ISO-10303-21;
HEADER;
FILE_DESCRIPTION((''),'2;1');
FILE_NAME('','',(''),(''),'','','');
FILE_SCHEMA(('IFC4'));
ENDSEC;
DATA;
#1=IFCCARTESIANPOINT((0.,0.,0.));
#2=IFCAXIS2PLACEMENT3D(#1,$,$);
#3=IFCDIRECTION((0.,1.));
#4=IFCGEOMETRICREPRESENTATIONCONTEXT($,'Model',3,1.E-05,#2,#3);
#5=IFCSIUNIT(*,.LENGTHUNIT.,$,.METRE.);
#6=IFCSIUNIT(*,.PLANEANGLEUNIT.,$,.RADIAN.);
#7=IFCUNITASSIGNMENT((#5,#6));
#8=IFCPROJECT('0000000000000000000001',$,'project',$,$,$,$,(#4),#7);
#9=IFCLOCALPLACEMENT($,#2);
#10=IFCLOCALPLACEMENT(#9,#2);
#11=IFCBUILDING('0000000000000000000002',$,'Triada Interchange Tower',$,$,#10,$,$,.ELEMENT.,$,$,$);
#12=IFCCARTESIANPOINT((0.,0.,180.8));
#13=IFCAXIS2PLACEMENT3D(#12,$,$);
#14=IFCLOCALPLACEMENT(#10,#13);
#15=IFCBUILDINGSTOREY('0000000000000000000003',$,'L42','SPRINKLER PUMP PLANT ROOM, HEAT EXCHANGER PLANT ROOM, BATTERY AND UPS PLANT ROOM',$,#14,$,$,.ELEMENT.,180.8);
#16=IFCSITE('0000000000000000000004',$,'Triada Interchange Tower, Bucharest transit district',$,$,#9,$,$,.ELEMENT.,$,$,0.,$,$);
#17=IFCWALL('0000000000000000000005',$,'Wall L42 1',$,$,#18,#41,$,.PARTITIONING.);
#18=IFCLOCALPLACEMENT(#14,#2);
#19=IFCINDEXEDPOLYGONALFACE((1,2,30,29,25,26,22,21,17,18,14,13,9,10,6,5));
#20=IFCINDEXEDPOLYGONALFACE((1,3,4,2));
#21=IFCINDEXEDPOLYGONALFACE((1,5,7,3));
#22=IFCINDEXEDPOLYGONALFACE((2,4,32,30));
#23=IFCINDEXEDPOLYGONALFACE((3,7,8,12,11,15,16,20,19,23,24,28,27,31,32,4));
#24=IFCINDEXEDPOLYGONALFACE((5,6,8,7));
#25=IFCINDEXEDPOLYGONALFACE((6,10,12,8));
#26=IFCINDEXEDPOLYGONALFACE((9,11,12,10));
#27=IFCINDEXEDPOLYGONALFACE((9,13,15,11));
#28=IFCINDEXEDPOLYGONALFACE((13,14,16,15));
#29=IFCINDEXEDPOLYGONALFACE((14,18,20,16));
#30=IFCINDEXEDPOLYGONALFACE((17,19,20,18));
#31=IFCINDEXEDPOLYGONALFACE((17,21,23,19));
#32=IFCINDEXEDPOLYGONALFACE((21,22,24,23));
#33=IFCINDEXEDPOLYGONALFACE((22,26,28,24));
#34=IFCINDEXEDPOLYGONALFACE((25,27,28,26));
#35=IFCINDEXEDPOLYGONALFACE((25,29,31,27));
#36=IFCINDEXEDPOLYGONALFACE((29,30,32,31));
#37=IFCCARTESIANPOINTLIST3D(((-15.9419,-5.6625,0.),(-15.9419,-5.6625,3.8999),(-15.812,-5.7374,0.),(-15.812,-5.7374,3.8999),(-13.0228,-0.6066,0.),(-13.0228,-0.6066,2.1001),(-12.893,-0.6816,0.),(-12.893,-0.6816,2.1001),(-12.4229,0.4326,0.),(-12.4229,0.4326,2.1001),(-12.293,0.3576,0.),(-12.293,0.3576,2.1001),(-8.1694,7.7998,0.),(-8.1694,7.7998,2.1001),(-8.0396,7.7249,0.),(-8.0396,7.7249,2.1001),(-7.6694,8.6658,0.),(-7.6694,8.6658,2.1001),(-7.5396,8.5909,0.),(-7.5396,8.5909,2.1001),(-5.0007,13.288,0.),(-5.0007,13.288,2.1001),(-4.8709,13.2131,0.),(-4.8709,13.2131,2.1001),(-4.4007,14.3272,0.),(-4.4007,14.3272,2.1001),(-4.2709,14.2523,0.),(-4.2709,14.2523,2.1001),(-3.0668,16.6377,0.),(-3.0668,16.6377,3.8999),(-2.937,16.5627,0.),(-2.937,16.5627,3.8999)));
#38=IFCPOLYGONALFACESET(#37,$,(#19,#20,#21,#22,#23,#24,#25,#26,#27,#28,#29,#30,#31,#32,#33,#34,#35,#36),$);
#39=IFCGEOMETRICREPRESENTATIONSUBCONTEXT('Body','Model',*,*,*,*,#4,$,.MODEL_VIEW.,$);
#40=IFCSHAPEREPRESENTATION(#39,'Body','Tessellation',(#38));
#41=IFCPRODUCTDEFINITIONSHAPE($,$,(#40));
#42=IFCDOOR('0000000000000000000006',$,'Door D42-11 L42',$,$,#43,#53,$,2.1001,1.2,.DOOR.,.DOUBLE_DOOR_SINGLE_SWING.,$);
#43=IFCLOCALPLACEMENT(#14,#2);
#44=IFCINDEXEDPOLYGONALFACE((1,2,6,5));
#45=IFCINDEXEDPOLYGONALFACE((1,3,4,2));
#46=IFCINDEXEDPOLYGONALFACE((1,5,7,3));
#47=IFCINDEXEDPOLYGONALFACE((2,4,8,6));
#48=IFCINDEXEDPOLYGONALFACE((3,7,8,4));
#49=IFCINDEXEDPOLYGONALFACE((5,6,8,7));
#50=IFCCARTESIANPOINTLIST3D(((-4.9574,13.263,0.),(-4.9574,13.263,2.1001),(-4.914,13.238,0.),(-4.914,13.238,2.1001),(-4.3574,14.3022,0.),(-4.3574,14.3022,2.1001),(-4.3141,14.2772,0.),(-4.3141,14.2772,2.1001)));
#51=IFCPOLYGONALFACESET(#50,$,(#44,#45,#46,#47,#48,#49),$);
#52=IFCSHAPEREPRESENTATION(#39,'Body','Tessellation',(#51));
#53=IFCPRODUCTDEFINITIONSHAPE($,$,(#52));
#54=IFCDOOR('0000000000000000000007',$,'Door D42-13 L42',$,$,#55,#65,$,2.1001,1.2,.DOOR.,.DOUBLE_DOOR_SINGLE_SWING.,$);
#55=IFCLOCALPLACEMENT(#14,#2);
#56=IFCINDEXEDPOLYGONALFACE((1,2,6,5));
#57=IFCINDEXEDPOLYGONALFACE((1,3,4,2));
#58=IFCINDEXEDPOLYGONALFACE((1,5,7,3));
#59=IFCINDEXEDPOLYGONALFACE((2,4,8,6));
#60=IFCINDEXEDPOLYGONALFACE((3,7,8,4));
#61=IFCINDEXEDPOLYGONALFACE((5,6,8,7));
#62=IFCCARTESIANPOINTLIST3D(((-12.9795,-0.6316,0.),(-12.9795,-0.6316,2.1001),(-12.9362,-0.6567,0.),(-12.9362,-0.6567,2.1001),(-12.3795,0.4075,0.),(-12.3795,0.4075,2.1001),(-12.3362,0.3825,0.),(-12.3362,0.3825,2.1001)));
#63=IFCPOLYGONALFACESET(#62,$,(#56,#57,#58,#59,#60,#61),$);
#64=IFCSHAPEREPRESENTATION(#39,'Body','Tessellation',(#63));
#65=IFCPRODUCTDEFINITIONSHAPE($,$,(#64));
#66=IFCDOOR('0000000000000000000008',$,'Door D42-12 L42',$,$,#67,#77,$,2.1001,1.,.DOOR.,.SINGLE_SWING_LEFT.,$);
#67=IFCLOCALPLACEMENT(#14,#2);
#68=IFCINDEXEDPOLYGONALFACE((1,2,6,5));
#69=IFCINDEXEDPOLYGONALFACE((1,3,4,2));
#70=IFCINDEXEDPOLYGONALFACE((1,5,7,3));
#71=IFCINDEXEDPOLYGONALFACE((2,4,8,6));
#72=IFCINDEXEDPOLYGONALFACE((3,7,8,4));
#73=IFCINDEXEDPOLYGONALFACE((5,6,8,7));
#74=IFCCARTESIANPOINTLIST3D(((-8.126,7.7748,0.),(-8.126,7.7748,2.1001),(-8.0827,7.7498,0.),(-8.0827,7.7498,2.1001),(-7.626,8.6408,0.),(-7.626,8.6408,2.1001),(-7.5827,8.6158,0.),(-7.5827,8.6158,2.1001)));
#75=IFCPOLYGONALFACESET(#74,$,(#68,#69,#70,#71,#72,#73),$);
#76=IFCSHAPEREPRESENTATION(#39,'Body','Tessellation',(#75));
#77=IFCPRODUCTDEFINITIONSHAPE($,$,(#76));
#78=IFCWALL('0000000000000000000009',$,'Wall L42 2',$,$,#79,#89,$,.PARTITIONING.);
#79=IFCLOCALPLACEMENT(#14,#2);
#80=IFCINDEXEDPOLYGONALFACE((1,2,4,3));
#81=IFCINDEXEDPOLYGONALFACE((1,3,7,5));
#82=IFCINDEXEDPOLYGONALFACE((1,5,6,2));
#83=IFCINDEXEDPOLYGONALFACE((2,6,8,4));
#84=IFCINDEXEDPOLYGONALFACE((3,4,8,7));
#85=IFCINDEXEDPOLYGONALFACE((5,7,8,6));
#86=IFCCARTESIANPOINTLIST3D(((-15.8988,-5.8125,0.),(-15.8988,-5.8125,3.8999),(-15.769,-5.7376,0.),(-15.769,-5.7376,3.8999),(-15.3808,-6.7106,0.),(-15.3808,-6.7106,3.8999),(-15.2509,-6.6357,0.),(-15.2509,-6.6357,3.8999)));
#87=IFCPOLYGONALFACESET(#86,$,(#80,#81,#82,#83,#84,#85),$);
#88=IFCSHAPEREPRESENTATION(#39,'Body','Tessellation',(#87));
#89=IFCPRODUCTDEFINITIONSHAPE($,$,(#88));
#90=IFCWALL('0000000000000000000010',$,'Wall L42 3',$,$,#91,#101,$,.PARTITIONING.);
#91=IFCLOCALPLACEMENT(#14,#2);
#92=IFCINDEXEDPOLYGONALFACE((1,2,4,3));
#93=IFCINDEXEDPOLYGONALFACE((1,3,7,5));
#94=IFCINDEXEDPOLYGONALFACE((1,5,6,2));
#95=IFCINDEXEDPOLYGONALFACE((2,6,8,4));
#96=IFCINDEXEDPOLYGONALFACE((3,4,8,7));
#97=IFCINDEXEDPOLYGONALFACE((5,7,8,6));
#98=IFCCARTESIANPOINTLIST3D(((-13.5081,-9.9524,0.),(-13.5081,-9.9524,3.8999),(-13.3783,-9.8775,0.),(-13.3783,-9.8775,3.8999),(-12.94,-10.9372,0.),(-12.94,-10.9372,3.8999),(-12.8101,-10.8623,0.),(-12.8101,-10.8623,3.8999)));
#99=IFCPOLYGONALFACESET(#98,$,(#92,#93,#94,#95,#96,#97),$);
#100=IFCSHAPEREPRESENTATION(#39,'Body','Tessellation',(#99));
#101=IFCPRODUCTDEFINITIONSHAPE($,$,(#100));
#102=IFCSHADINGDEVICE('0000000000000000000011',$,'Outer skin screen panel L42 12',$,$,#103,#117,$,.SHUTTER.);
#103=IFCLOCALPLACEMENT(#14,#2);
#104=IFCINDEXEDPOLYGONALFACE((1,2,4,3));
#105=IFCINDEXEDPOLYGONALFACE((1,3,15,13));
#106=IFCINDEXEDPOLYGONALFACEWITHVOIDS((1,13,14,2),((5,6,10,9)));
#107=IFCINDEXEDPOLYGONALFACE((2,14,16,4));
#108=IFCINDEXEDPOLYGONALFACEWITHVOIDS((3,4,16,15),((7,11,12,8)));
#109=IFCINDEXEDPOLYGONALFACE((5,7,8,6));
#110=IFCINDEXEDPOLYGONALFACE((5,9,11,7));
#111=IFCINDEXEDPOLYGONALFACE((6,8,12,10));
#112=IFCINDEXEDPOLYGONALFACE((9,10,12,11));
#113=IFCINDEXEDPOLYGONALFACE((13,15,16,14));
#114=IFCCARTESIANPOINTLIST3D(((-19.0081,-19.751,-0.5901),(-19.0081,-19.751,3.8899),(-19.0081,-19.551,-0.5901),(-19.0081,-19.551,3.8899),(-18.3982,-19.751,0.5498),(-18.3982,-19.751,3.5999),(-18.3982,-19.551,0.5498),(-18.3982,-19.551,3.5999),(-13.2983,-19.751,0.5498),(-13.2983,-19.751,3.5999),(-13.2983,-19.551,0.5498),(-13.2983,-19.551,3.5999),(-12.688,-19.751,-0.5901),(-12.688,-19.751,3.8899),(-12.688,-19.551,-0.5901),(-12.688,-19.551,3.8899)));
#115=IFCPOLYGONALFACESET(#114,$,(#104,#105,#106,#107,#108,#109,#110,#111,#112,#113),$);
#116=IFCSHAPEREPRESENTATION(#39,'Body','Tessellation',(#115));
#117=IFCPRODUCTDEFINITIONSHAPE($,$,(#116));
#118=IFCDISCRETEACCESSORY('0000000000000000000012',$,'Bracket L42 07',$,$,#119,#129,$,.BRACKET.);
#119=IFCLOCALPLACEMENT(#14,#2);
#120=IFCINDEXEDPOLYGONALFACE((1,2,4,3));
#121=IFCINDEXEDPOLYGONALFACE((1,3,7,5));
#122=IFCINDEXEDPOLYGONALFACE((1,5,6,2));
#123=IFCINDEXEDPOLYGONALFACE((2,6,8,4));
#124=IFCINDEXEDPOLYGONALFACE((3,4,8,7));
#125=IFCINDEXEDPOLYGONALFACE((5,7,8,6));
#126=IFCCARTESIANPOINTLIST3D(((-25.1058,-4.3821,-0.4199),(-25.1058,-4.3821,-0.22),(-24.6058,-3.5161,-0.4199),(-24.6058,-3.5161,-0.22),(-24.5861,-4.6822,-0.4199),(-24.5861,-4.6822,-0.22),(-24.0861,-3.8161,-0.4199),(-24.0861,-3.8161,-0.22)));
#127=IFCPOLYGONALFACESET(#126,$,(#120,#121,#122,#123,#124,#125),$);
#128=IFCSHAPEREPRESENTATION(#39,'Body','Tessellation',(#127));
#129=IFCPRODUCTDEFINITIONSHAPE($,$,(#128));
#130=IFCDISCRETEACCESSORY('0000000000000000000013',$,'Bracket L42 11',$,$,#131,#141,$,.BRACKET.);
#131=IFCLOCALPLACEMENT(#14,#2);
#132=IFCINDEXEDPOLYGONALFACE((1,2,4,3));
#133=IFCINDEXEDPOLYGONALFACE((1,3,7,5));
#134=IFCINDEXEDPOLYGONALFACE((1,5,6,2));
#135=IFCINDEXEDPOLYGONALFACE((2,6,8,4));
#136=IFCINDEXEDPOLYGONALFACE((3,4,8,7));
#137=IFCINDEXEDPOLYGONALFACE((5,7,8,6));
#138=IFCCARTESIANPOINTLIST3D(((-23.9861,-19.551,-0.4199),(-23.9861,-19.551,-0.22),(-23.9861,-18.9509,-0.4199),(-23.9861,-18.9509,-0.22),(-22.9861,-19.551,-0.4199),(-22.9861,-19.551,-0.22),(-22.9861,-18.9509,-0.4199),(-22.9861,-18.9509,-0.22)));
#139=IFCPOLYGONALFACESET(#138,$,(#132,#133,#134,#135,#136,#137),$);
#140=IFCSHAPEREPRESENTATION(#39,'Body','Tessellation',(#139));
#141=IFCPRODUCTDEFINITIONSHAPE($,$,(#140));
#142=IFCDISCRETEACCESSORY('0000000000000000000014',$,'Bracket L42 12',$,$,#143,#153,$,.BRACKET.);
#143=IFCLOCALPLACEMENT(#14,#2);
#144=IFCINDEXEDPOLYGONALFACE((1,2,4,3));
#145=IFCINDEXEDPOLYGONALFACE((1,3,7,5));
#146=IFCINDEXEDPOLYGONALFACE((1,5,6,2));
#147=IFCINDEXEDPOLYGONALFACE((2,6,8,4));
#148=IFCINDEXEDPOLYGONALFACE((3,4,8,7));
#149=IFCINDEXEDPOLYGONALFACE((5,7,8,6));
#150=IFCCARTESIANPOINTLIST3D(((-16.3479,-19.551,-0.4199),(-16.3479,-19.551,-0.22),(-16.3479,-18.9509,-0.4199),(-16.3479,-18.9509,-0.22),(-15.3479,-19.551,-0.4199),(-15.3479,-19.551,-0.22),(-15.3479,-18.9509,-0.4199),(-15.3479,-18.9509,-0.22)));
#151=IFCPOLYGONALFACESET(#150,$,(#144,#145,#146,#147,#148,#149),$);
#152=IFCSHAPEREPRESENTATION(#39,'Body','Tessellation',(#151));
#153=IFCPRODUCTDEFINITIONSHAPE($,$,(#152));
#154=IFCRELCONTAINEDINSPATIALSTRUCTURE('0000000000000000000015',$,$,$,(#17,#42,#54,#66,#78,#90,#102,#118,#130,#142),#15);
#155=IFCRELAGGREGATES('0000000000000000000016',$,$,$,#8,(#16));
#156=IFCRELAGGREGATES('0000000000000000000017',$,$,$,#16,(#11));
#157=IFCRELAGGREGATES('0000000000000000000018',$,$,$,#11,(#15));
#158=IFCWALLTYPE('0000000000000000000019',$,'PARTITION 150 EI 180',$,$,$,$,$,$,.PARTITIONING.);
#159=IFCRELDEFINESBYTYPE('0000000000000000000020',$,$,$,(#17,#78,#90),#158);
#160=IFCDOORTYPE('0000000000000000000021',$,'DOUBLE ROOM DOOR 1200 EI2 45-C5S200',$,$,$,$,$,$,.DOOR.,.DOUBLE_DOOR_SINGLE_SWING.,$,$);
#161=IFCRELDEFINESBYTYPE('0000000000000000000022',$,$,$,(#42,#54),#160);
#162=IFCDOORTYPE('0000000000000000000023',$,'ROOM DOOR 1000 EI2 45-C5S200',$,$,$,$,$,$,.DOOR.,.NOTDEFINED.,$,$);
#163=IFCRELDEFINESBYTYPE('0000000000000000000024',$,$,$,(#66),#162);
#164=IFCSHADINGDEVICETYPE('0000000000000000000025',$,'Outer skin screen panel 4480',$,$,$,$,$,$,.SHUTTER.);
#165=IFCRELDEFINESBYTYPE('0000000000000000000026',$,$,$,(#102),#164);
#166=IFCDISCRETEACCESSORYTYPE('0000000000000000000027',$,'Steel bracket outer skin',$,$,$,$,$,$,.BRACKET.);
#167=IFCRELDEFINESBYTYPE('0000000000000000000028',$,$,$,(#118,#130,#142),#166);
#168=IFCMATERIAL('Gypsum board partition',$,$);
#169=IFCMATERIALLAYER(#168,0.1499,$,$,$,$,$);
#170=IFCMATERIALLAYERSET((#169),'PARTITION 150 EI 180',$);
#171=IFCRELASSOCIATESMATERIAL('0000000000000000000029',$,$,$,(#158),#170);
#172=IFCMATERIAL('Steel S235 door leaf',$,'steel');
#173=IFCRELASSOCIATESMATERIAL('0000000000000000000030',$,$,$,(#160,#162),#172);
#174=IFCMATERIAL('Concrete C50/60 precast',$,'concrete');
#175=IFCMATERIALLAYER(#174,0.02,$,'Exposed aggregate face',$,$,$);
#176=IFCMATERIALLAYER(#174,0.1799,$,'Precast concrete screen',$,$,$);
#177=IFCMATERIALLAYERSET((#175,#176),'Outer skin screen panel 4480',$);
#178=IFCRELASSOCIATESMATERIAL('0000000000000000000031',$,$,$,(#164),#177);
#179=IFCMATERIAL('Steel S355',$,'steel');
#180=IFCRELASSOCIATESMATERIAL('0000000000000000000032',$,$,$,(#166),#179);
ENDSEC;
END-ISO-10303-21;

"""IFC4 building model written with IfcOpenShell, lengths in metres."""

from ifc_helpers import new_model, si_unit, direction, frame, frame_2d, origin, origin_2d, place, context, subcontext, project, spatial, polyline, rectangle, outline, extrude, material, layer, layer_set, type_object, element, fill, save


model = new_model("IFC4")

# Units and contexts
model_context = context("Model", 3, precision=1e-05, world=origin(), true_north=direction((0.0, 1.0)))
body_context = subcontext(model_context, "Body", "Model", "MODEL_VIEW")
ifc_project = project(units=[si_unit("LENGTHUNIT", "METRE"), si_unit("PLANEANGLEUNIT", "RADIAN")], contexts=[model_context])

# Site, building, storey
site_placement = place(None, origin())
site = spatial("IfcSite", under=ifc_project, at=site_placement, Name="Triada Interchange Tower, Bucharest transit district", CompositionType="ELEMENT", RefElevation=0.0)
building_placement = place(site_placement, origin())
building = spatial("IfcBuilding", under=site, at=building_placement, Name="Triada Interchange Tower", CompositionType="ELEMENT")
storey_placement = place(building_placement, frame((0.0, 0.0, 180.8)))
storey = spatial("IfcBuildingStorey", under=building, at=storey_placement, Name="L42", Description="SPRINKLER PUMP PLANT ROOM, HEAT EXCHANGER PLANT ROOM, BATTERY AND UPS PLANT ROOM", CompositionType="ELEMENT", Elevation=180.8)

# Shared definitions
ifc_material_1 = material(Name="Steel S355", Category="steel")

# Wall, openings, doors
ifc_material_2 = material(Name="Gypsum board partition")
ifc_layer_1 = layer(ifc_material_2, 0.1499)
ifc_layer_set_1 = layer_set([ifc_layer_1], Name="PARTITION 150 EI 180")
wall_type_1 = type_object("IfcWallType", Name="PARTITION 150 EI 180", PredefinedType="PARTITIONING", material=ifc_layer_set_1)
wall_1_placement = place(storey_placement, frame((-15.877, -5.7, 0.0), z_axis=(0.0, 0.0, 1.0), x_axis=(0.500002, 0.866024, 0.0)))
wall_1 = element("IfcWall", 1, at=wall_1_placement, inside=storey, type_object=wall_type_1, Name="Wall L42 1", PredefinedType="PARTITIONING", context=body_context, shape_type="SweptSolid", body=[
    extrude(rectangle(XDim=25.75, YDim=0.1499, at=frame_2d((12.875, 0.0))), origin(), (0.0, 0.0, 1.0), 3.8999),
])
opening_1_placement = place(wall_1_placement, frame((21.8821, 0.0, 0.0)))
opening_1 = element("IfcOpeningElement", 2, at=opening_1_placement, cuts=wall_1, PredefinedType="OPENING", context=body_context, shape_type="SweptSolid", body=[
    extrude(rectangle(XDim=1.2, YDim=2.1001, at=frame_2d((0.6001, 1.05))), frame((0.0, 0.085, 0.0), z_axis=(0.0, -1.0, 0.0), x_axis=(1.0, 0.0, 0.0)), (0.0, 0.0, 1.0), 0.1699),
])
opening_2_placement = place(wall_1_placement, frame((15.5449, 0.0, 0.0)))
opening_2 = element("IfcOpeningElement", 3, at=opening_2_placement, cuts=wall_1, PredefinedType="OPENING", context=body_context, shape_type="SweptSolid", body=[
    extrude(rectangle(XDim=1.0, YDim=2.1001, at=frame_2d((0.5, 1.05))), frame((0.0, 0.085, 0.0), z_axis=(0.0, -1.0, 0.0), x_axis=(1.0, 0.0, 0.0)), (0.0, 0.0, 1.0), 0.1699),
])
opening_3_placement = place(wall_1_placement, frame((5.8379, 0.0, 0.0)))
opening_3 = element("IfcOpeningElement", 4, at=opening_3_placement, cuts=wall_1, PredefinedType="OPENING", context=body_context, shape_type="SweptSolid", body=[
    extrude(rectangle(XDim=1.2, YDim=2.1001, at=frame_2d((0.6001, 1.05))), frame((0.0, 0.085, 0.0), z_axis=(0.0, -1.0, 0.0), x_axis=(1.0, 0.0, 0.0)), (0.0, 0.0, 1.0), 0.1699),
])
ifc_material_3 = material(Name="Steel S235 door leaf", Category="steel")
door_type_1 = type_object("IfcDoorType", Name="DOUBLE ROOM DOOR 1200 EI2 45-C5S200", OperationType="DOUBLE_DOOR_SINGLE_SWING", PredefinedType="DOOR", material=ifc_material_3)
door_1_placement = place(opening_1_placement, origin())
door_1 = element("IfcDoor", 5, at=door_1_placement, inside=storey, type_object=door_type_1, Name="Door D42-11 L42", OperationType="DOUBLE_DOOR_SINGLE_SWING", OverallHeight=2.1001, OverallWidth=1.2, PredefinedType="DOOR", context=body_context, shape_type="SweptSolid", body=[
    extrude(rectangle(XDim=1.2, YDim=2.1001, at=frame_2d((0.6001, 1.05))), frame((0.0, 0.0249, 0.0), z_axis=(0.0, -1.0, 0.0), x_axis=(1.0, 0.0, 0.0)), (0.0, 0.0, 1.0), 0.05),
])
fill(opening_1, door_1)
door_2_placement = place(opening_3_placement, origin())
door_2 = element("IfcDoor", 6, at=door_2_placement, inside=storey, type_object=door_type_1, Name="Door D42-13 L42", OperationType="DOUBLE_DOOR_SINGLE_SWING", OverallHeight=2.1001, OverallWidth=1.2, PredefinedType="DOOR", context=body_context, shape_type="SweptSolid", body=[
    extrude(rectangle(XDim=1.2, YDim=2.1001, at=frame_2d((0.6001, 1.05))), frame((0.0, 0.0249, 0.0), z_axis=(0.0, -1.0, 0.0), x_axis=(1.0, 0.0, 0.0)), (0.0, 0.0, 1.0), 0.05),
])
fill(opening_3, door_2)
door_type_2 = type_object("IfcDoorType", Name="ROOM DOOR 1000 EI2 45-C5S200", OperationType="NOTDEFINED", PredefinedType="DOOR", material=ifc_material_3)
door_3_placement = place(opening_2_placement, origin())
door_3 = element("IfcDoor", 7, at=door_3_placement, inside=storey, type_object=door_type_2, Name="Door D42-12 L42", OperationType="SINGLE_SWING_LEFT", OverallHeight=2.1001, OverallWidth=1.0, PredefinedType="DOOR", context=body_context, shape_type="SweptSolid", body=[
    extrude(rectangle(XDim=1.0, YDim=2.1001, at=frame_2d((0.5, 1.05))), frame((0.0, 0.0249, 0.0), z_axis=(0.0, -1.0, 0.0), x_axis=(1.0, 0.0, 0.0)), (0.0, 0.0, 1.0), 0.05),
])
fill(opening_2, door_3)

# Walls
wall_2_placement = place(storey_placement, frame((-15.834, -5.7749, 0.0), z_axis=(0.0, 0.0, 1.0), x_axis=(0.499634, -0.866237, 0.0)))
element("IfcWall", 8, at=wall_2_placement, inside=storey, type_object=wall_type_1, Name="Wall L42 2", PredefinedType="PARTITIONING", context=body_context, shape_type="SweptSolid", body=[
    extrude(rectangle(XDim=1.0369, YDim=0.1499, at=frame_2d((0.5186, 0.0))), origin(), (0.0, 0.0, 1.0), 3.8999),
])
wall_3_placement = place(storey_placement, frame((-13.4431, -9.915, 0.0), z_axis=(0.0, 0.0, 1.0), x_axis=(0.499673, -0.866214, 0.0)))
element("IfcWall", 9, at=wall_3_placement, inside=storey, type_object=wall_type_1, Name="Wall L42 3", PredefinedType="PARTITIONING", context=body_context, shape_type="SweptSolid", body=[
    extrude(rectangle(XDim=1.137, YDim=0.1499, at=frame_2d((0.5684, 0.0))), origin(), (0.0, 0.0, 1.0), 3.8999),
])

# Shading device
ifc_material_4 = material(Name="Concrete C50/60 precast", Category="concrete")
ifc_layer_2 = layer(ifc_material_4, 0.02, Name="Exposed aggregate face")
ifc_layer_3 = layer(ifc_material_4, 0.1799, Name="Precast concrete screen")
ifc_layer_set_2 = layer_set([ifc_layer_2, ifc_layer_3], Name="Outer skin screen panel 4480")
shading_device_type = type_object("IfcShadingDeviceType", Name="Outer skin screen panel 4480", PredefinedType="SHUTTER", material=ifc_layer_set_2)
shading_device_placement = place(storey_placement, frame((-19.0081, -19.551, -0.5901), z_axis=(0.0, 0.0, 1.0), x_axis=(1.0, 0.0, 0.0)))
element("IfcShadingDevice", 10, at=shading_device_placement, inside=storey, type_object=shading_device_type, Name="Outer skin screen panel L42 12", PredefinedType="SHUTTER", context=body_context, shape_type="SweptSolid", body=[
    extrude(outline(polyline([(0.0, 0.0), (6.3201, 0.0), (6.3201, 4.48), (0.0, 4.48), (0.0, 0.0)]), holes=[polyline([(0.6099, 1.1399), (0.6099, 4.1899), (5.7097, 4.1899), (5.7097, 1.1399), (0.6099, 1.1399)])]), frame((0.0, 0.0, 0.0), z_axis=(0.0, -1.0, 0.0), x_axis=(1.0, 0.0, 0.0)), (0.0, 0.0, 1.0), 0.2),
])

# Discrete accessories
discrete_accessory_type = type_object("IfcDiscreteAccessoryType", Name="Steel bracket outer skin", PredefinedType="BRACKET", material=ifc_material_1)
for number, where, z_axis, x_axis, name in (
    (11, (-24.5959, -4.0991, -0.4199), (0.0, 0.0, 1.0), (-0.866021, 0.500007, 0.0), "Bracket L42 07"),
    (12, (-23.4861, -19.251, -0.4199), (0.0, 0.0, 1.0), (0.0, -1.0, 0.0), "Bracket L42 11"),
    (13, (-15.8479, -19.251, -0.4199), (0.0, 0.0, 1.0), (0.0, -1.0, 0.0), "Bracket L42 12"),
):
    element("IfcDiscreteAccessory", number, at=place(storey_placement, frame(where, z_axis=z_axis, x_axis=x_axis)), inside=storey, type_object=discrete_accessory_type, Name=name, PredefinedType="BRACKET", context=body_context, shape_type="SweptSolid", body=[
        extrude(rectangle(XDim=0.6001, YDim=1.0, at=origin_2d()), origin(), (0.0, 0.0, 1.0), 0.2),
    ])

save(model, "model.ifc")
